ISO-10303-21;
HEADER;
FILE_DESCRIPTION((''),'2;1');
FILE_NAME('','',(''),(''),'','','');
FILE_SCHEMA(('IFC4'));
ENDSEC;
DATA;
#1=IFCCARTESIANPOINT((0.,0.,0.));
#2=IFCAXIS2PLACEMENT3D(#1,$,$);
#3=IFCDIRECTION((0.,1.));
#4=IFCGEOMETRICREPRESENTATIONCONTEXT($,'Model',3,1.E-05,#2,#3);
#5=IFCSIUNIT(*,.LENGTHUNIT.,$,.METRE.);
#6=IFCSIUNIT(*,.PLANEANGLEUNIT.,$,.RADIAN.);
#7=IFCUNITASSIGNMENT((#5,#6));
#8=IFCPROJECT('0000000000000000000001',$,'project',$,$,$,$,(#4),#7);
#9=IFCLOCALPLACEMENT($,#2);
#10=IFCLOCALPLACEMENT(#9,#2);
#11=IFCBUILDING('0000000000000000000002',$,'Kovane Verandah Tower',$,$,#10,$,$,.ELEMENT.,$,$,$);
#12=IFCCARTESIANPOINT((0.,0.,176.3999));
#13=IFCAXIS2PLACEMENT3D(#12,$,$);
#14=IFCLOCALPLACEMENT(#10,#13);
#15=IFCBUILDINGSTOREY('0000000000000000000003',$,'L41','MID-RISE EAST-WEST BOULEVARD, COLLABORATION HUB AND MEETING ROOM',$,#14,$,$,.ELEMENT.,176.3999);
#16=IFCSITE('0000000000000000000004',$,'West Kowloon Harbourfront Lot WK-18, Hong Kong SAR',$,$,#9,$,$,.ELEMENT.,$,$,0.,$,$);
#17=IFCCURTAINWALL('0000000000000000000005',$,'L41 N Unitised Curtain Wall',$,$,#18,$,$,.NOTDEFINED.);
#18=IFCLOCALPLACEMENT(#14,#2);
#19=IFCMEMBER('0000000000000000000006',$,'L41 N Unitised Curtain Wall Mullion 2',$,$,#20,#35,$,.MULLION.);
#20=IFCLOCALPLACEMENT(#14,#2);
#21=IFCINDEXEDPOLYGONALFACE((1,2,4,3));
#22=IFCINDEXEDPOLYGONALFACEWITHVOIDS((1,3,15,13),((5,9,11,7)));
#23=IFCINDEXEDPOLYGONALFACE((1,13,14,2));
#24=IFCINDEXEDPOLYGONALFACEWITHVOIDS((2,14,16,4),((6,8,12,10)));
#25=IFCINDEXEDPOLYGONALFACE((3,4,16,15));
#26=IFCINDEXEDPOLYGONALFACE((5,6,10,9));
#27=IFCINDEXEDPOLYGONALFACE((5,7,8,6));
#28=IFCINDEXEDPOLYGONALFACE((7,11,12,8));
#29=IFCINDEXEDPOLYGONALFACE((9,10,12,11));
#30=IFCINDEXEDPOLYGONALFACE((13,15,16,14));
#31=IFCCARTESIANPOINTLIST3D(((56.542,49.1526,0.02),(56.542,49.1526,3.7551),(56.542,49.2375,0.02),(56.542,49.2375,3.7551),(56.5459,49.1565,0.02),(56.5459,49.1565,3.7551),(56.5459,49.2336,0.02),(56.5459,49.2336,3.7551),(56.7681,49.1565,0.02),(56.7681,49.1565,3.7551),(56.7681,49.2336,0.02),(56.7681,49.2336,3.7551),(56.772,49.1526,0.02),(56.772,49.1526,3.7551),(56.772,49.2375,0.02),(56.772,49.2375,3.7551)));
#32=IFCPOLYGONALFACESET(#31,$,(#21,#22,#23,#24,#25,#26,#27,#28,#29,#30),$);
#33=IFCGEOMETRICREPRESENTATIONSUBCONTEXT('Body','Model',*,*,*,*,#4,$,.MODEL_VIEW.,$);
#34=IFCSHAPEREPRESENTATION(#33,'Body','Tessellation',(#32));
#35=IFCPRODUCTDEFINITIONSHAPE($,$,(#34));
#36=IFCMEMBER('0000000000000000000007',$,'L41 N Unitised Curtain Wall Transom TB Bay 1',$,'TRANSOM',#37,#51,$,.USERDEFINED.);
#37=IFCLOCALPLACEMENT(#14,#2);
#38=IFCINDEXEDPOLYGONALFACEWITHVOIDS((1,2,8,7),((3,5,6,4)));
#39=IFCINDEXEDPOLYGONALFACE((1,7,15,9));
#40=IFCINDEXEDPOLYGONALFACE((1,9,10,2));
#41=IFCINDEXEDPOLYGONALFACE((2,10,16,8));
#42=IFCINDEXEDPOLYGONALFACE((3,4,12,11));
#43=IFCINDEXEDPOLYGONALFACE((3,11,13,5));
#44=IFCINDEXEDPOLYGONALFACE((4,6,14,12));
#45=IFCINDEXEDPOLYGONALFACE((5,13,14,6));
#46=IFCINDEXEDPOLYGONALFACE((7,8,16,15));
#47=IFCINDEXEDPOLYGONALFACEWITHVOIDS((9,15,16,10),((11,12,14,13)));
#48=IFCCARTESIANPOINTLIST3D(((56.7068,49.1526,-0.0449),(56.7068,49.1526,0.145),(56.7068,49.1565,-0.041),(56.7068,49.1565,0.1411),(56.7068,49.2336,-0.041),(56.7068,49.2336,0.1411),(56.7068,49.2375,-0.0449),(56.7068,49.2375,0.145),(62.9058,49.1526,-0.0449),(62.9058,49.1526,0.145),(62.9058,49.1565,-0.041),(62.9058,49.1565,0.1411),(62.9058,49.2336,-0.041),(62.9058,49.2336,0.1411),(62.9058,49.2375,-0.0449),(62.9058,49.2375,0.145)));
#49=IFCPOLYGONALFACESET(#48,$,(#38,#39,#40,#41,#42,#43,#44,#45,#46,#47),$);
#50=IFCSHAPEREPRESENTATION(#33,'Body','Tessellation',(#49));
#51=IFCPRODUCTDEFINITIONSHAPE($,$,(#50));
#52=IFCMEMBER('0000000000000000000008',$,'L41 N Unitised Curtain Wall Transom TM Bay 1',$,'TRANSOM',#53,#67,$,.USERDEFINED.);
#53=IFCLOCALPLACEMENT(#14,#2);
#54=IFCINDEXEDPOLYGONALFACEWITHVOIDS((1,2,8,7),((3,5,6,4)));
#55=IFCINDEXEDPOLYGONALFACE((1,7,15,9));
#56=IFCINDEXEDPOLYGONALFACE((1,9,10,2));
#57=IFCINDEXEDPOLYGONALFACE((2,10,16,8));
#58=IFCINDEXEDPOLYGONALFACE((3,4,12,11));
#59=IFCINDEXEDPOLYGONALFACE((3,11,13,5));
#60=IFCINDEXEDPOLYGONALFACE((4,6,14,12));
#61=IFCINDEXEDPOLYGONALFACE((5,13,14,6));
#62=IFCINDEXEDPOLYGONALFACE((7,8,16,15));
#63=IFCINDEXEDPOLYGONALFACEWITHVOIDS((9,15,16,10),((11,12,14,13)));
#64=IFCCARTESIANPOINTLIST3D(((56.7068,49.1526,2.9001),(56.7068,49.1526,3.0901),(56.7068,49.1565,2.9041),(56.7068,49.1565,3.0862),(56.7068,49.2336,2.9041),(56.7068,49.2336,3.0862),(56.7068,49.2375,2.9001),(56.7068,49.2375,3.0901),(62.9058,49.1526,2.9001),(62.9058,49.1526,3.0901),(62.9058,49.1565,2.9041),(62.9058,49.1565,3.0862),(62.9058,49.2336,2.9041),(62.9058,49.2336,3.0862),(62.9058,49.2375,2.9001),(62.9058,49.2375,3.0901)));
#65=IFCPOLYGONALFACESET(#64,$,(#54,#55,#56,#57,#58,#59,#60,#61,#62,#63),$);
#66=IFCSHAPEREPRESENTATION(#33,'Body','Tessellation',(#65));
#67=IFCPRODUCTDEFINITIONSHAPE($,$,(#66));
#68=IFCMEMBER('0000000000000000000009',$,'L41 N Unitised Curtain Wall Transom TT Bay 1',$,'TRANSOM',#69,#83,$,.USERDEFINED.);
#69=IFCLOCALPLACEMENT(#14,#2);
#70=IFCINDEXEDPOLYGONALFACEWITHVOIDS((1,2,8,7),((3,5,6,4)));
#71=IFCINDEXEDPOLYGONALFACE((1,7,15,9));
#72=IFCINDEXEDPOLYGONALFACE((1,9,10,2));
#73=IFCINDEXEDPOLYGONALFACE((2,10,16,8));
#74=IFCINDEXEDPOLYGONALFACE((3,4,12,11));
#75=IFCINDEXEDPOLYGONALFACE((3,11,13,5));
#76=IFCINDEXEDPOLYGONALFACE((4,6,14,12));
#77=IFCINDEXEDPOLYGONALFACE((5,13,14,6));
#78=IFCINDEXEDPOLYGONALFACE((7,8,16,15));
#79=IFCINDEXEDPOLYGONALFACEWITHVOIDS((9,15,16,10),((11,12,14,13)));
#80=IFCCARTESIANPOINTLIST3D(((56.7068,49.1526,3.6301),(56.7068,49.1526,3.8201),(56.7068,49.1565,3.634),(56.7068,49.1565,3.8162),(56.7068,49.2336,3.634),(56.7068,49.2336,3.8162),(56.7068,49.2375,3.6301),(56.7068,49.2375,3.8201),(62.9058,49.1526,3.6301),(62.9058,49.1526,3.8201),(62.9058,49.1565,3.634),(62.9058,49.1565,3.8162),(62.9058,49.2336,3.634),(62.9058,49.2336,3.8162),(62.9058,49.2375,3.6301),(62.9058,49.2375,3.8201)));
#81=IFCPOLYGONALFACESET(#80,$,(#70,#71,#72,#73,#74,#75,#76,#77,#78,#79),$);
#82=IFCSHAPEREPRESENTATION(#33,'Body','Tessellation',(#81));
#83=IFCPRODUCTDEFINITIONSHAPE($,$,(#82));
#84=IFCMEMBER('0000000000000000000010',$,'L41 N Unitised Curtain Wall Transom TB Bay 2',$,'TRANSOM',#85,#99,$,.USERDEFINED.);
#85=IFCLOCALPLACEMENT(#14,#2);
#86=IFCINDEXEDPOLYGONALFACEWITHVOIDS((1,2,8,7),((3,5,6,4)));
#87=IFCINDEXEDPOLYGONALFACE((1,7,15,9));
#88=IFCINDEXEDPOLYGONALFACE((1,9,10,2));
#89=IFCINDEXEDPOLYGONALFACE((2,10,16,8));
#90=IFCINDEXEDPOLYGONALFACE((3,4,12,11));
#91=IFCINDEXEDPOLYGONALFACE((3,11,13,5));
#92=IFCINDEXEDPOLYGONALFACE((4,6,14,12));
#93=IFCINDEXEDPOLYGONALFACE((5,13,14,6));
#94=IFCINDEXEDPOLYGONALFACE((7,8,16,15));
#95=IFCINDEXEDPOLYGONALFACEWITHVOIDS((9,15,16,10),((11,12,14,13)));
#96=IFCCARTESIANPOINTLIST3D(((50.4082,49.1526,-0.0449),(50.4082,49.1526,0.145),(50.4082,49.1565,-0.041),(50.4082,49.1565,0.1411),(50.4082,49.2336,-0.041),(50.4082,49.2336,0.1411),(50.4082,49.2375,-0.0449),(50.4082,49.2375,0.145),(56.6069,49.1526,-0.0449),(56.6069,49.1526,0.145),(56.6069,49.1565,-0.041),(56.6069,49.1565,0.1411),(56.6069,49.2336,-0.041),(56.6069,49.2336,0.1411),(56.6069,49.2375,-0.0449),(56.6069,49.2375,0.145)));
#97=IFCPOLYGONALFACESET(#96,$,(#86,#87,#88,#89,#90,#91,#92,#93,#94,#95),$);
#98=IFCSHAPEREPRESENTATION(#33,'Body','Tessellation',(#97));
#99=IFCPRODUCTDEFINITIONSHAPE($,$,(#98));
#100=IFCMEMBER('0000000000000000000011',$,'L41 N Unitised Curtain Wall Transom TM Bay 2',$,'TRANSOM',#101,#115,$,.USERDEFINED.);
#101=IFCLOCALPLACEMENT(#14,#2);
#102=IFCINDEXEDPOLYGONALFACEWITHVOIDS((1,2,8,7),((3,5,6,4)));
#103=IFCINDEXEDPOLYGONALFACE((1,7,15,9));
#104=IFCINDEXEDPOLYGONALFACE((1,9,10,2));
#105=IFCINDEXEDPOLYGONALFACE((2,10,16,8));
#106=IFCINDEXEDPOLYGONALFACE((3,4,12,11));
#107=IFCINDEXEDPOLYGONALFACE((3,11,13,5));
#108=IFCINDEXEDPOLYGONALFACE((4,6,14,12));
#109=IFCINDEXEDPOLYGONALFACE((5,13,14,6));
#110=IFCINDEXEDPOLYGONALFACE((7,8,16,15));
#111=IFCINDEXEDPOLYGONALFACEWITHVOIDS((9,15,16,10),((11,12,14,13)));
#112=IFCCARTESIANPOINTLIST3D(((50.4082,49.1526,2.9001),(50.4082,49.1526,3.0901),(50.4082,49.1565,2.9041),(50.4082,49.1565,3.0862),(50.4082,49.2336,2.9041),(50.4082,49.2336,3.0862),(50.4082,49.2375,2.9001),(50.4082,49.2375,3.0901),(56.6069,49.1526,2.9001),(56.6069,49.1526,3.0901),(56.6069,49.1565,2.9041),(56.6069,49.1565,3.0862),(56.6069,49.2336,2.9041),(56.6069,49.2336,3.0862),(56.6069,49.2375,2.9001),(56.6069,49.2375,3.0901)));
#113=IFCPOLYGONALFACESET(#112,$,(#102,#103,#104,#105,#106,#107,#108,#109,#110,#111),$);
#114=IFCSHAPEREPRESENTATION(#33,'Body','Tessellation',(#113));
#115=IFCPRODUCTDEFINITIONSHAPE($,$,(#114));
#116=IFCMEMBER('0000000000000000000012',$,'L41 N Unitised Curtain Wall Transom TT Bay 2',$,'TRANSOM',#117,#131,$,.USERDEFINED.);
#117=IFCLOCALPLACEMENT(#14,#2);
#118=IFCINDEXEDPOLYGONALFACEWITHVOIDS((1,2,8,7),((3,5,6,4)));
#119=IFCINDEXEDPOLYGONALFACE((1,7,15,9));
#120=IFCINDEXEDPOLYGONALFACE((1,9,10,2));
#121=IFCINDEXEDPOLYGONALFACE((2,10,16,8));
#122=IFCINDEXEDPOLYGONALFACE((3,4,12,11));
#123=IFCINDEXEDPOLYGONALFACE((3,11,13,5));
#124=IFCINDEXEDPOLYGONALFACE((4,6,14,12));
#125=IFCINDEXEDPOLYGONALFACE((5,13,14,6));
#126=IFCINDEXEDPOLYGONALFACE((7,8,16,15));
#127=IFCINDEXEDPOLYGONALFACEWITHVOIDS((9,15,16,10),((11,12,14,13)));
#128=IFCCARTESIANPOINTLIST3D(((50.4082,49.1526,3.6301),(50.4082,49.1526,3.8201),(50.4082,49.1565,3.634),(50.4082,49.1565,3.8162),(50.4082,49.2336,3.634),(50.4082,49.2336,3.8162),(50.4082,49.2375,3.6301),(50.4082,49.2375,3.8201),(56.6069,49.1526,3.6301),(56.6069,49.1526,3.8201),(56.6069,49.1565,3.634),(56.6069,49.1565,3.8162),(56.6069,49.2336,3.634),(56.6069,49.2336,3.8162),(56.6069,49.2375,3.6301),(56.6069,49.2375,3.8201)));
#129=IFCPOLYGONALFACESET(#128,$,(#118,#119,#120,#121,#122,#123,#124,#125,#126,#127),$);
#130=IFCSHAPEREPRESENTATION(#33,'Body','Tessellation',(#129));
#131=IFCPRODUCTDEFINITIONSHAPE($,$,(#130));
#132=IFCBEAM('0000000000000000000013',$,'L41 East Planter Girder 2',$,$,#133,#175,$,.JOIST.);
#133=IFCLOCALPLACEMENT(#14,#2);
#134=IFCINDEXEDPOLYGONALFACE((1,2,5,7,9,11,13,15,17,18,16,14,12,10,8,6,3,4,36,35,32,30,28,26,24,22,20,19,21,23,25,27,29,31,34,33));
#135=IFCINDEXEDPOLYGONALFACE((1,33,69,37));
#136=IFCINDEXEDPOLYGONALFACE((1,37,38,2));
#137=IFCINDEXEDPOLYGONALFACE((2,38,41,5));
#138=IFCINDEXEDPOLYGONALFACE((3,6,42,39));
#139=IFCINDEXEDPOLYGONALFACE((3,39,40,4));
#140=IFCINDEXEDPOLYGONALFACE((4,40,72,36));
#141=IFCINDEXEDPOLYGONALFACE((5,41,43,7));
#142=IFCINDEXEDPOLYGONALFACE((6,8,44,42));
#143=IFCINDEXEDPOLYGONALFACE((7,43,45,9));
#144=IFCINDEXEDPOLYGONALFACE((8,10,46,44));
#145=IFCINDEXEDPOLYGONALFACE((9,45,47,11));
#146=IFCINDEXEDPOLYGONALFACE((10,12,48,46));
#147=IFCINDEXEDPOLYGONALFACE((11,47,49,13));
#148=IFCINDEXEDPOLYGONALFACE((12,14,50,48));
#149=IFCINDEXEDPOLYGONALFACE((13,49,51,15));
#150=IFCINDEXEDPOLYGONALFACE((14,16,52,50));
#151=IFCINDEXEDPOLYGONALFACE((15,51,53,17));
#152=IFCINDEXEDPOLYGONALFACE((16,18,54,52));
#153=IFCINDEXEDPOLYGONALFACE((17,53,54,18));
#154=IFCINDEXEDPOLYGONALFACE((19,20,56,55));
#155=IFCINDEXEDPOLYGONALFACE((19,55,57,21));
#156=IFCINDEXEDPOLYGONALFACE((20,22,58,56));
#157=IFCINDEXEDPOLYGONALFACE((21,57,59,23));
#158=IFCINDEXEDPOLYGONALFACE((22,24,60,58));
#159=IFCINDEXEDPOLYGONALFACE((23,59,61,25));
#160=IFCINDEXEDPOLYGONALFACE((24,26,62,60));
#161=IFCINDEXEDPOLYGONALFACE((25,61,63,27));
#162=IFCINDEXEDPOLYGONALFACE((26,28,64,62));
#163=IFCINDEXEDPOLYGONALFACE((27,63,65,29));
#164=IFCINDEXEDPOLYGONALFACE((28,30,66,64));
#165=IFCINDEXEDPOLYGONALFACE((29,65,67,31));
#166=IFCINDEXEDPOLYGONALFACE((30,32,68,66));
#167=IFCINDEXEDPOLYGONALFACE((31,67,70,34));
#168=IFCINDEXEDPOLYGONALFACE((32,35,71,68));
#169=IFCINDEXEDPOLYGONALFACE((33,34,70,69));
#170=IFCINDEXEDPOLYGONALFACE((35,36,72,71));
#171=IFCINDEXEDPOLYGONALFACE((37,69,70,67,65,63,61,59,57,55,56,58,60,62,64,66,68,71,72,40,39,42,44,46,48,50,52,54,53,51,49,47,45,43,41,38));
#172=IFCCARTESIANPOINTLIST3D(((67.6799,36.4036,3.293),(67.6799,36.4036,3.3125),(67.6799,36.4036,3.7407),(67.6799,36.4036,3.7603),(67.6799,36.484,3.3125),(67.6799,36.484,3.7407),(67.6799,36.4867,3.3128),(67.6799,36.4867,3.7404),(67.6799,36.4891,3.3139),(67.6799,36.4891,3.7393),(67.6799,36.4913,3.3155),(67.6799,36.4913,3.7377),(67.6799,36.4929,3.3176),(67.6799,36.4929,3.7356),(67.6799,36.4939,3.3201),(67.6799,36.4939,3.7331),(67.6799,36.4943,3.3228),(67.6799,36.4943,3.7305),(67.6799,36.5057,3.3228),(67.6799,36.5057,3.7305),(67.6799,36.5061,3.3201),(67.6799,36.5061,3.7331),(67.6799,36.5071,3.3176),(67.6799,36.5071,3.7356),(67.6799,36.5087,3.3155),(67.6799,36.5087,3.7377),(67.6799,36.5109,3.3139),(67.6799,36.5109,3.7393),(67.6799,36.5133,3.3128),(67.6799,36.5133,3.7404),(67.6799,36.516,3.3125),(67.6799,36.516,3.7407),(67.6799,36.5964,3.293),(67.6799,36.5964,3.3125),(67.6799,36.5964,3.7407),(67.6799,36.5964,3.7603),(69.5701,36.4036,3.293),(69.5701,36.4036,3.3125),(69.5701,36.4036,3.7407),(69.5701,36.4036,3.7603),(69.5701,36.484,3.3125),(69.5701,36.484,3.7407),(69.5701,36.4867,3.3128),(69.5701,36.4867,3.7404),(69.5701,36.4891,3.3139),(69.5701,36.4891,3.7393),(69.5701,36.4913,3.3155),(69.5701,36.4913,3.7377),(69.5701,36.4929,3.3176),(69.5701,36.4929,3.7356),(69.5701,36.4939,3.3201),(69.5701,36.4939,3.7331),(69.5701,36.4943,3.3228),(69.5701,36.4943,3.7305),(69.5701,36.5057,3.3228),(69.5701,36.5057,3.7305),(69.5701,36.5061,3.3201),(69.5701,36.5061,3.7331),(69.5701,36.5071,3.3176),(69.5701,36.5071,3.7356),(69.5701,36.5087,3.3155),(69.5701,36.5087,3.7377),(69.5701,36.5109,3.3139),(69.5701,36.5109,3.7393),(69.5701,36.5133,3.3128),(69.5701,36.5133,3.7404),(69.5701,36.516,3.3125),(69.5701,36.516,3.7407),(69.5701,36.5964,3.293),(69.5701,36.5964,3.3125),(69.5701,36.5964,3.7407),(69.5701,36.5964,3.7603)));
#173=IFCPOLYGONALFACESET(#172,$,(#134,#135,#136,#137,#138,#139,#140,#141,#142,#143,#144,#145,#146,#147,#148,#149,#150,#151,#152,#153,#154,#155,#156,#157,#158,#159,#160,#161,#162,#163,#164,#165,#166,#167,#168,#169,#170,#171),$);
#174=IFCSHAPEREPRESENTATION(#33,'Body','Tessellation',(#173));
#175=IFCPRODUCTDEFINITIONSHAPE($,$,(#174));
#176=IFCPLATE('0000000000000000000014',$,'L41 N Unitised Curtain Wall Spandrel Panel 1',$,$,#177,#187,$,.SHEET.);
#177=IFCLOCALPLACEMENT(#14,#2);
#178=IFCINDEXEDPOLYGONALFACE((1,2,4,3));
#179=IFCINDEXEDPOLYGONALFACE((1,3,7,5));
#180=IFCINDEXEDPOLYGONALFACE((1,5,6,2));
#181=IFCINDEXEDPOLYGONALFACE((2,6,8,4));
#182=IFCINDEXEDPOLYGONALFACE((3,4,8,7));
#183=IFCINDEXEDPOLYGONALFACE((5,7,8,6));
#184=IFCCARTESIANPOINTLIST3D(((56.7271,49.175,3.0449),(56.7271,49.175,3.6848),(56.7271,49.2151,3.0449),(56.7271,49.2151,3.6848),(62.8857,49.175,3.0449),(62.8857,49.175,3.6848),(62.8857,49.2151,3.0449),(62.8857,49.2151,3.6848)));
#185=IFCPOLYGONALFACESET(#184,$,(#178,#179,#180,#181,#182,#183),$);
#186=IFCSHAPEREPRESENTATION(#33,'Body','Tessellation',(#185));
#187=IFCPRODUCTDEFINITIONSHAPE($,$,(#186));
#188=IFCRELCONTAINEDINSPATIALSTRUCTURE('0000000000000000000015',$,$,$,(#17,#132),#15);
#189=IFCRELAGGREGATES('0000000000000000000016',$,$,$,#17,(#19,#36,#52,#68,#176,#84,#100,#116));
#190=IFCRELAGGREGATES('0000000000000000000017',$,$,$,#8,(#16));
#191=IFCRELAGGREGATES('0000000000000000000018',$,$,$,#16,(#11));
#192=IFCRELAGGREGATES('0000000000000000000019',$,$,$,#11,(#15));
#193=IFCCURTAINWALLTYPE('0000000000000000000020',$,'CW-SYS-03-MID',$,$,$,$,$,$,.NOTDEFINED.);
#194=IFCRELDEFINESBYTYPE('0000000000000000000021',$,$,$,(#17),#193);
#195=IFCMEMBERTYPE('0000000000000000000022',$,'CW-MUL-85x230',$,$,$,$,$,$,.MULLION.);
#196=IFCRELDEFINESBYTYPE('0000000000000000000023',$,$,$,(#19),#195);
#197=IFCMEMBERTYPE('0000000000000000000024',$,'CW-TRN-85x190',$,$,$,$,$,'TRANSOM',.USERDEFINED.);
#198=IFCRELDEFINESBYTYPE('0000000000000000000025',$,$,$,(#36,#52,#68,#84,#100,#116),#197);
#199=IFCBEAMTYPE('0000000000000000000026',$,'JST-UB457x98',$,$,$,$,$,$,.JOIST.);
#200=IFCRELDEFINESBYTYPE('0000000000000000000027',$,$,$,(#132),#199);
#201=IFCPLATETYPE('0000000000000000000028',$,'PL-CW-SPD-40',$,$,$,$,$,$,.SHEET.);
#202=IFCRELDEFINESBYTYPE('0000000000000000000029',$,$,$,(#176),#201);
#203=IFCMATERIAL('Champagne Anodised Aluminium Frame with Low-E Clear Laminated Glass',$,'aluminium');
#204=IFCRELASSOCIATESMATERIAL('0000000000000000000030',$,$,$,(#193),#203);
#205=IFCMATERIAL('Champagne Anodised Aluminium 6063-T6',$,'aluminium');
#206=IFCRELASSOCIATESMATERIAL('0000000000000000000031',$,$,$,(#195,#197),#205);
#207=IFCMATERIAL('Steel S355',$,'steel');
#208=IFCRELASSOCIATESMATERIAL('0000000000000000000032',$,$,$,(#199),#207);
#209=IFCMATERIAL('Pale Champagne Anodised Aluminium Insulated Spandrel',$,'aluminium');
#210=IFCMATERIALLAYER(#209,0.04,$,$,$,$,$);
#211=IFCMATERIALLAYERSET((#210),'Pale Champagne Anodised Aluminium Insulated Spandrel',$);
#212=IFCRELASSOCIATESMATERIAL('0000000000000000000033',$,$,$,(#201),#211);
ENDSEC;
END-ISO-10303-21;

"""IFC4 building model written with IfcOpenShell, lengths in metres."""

from ifc_helpers import new_model, si_unit, direction, frame, origin, origin_2d, place, context, subcontext, project, spatial, rectangle, hollow_rectangle, i_section, extrude, material, layer, layer_set, material_profile, profile_set, type_object, element, aggregate, save


model = new_model("IFC4")

# Units and contexts
model_context = context("Model", 3, precision=1e-05, world=origin(), true_north=direction((0.0, 1.0)))
body_context = subcontext(model_context, "Body", "Model", "MODEL_VIEW")
ifc_project = project(units=[si_unit("LENGTHUNIT", "METRE"), si_unit("PLANEANGLEUNIT", "RADIAN")], contexts=[model_context])

# Site, building, storey
site_placement = place(None, origin())
site = spatial("IfcSite", under=ifc_project, at=site_placement, Name="West Kowloon Harbourfront Lot WK-18, Hong Kong SAR", CompositionType="ELEMENT", RefElevation=0.0)
building_placement = place(site_placement, origin())
building = spatial("IfcBuilding", under=site, at=building_placement, Name="Kovane Verandah Tower", CompositionType="ELEMENT")
storey_placement = place(building_placement, frame((0.0, 0.0, 176.3999)))
storey = spatial("IfcBuildingStorey", under=building, at=storey_placement, Name="L41", Description="MID-RISE EAST-WEST BOULEVARD, COLLABORATION HUB AND MEETING ROOM", CompositionType="ELEMENT", Elevation=176.3999)

# Shared definitions
ifc_material_1 = material(Name="Steel S355", Category="steel")

# Curtain wall, members
ifc_material_2 = material(Name="Champagne Anodised Aluminium Frame with Low-E Clear Laminated Glass", Category="aluminium")
curtain_wall_type = type_object("IfcCurtainWallType", Name="CW-SYS-03-MID", PredefinedType="NOTDEFINED", material=ifc_material_2)
curtain_wall_placement = place(storey_placement, origin())
curtain_wall = element("IfcCurtainWall", 1, at=curtain_wall_placement, inside=storey, type_object=curtain_wall_type, Name="L41 N Unitised Curtain Wall", PredefinedType="NOTDEFINED")
ifc_material_3 = material(Name="Champagne Anodised Aluminium 6063-T6", Category="aluminium")
ifc_material_profile_1 = material_profile(ifc_material_3, hollow_rectangle(XDim=0.085, YDim=0.23, WallThickness=0.0039, at=origin_2d()), Name="AL85x230x4")
ifc_profile_set_1 = profile_set([ifc_material_profile_1], Name="Champagne Anodised Aluminium 6063-T6")
member_type_1 = type_object("IfcMemberType", Name="CW-MUL-85x230", PredefinedType="MULLION", material=ifc_profile_set_1)
member_1_placement = place(storey_placement, frame((56.657, 49.1951, 0.02), z_axis=(0.0, 0.0, 1.0), x_axis=(0.0, 1.0, 0.0)))
member_1 = element("IfcMember", 2, at=member_1_placement, type_object=member_type_1, Name="L41 N Unitised Curtain Wall Mullion 2", PredefinedType="MULLION", context=body_context, shape_type="SweptSolid", body=[
    extrude(hollow_rectangle(XDim=0.085, YDim=0.23, WallThickness=0.0039, at=origin_2d()), origin(), (0.0, 0.0, 1.0), 3.7351),
])
ifc_material_profile_2 = material_profile(ifc_material_3, hollow_rectangle(XDim=0.085, YDim=0.1899, WallThickness=0.0039, at=origin_2d()), Name="AL85x190x4")
ifc_profile_set_2 = profile_set([ifc_material_profile_2], Name="Champagne Anodised Aluminium 6063-T6")
member_type_2 = type_object("IfcMemberType", Name="CW-TRN-85x190", ElementType="TRANSOM", PredefinedType="USERDEFINED", material=ifc_profile_set_2)
member_2_placement = place(storey_placement, frame((62.9058, 49.1951, 0.05), z_axis=(-1.0, 0.0, 0.0), x_axis=(0.0, -1.0, 0.0)))
member_2 = element("IfcMember", 3, at=member_2_placement, type_object=member_type_2, Name="L41 N Unitised Curtain Wall Transom TB Bay 1", ObjectType="TRANSOM", PredefinedType="USERDEFINED", context=body_context, shape_type="SweptSolid", body=[
    extrude(hollow_rectangle(XDim=0.085, YDim=0.1899, WallThickness=0.0039, at=origin_2d()), origin(), (0.0, 0.0, 1.0), 6.199),
])
member_3_placement = place(storey_placement, frame((62.9058, 49.1951, 2.9951), z_axis=(-1.0, 0.0, 0.0), x_axis=(0.0, -1.0, 0.0)))
member_3 = element("IfcMember", 4, at=member_3_placement, type_object=member_type_2, Name="L41 N Unitised Curtain Wall Transom TM Bay 1", ObjectType="TRANSOM", PredefinedType="USERDEFINED", context=body_context, shape_type="SweptSolid", body=[
    extrude(hollow_rectangle(XDim=0.085, YDim=0.1899, WallThickness=0.0039, at=origin_2d()), origin(), (0.0, 0.0, 1.0), 6.199),
])
member_4_placement = place(storey_placement, frame((62.9058, 49.1951, 3.7251), z_axis=(-1.0, 0.0, 0.0), x_axis=(0.0, -1.0, 0.0)))
member_4 = element("IfcMember", 5, at=member_4_placement, type_object=member_type_2, Name="L41 N Unitised Curtain Wall Transom TT Bay 1", ObjectType="TRANSOM", PredefinedType="USERDEFINED", context=body_context, shape_type="SweptSolid", body=[
    extrude(hollow_rectangle(XDim=0.085, YDim=0.1899, WallThickness=0.0039, at=origin_2d()), origin(), (0.0, 0.0, 1.0), 6.199),
])
member_5_placement = place(storey_placement, frame((56.6069, 49.1951, 0.05), z_axis=(-1.0, 0.0, 0.0), x_axis=(0.0, -1.0, 0.0)))
member_5 = element("IfcMember", 6, at=member_5_placement, type_object=member_type_2, Name="L41 N Unitised Curtain Wall Transom TB Bay 2", ObjectType="TRANSOM", PredefinedType="USERDEFINED", context=body_context, shape_type="SweptSolid", body=[
    extrude(hollow_rectangle(XDim=0.085, YDim=0.1899, WallThickness=0.0039, at=origin_2d()), origin(), (0.0, 0.0, 1.0), 6.1987),
])
member_6_placement = place(storey_placement, frame((56.6069, 49.1951, 2.9951), z_axis=(-1.0, 0.0, 0.0), x_axis=(0.0, -1.0, 0.0)))
member_6 = element("IfcMember", 7, at=member_6_placement, type_object=member_type_2, Name="L41 N Unitised Curtain Wall Transom TM Bay 2", ObjectType="TRANSOM", PredefinedType="USERDEFINED", context=body_context, shape_type="SweptSolid", body=[
    extrude(hollow_rectangle(XDim=0.085, YDim=0.1899, WallThickness=0.0039, at=origin_2d()), origin(), (0.0, 0.0, 1.0), 6.1987),
])
member_7_placement = place(storey_placement, frame((56.6069, 49.1951, 3.7251), z_axis=(-1.0, 0.0, 0.0), x_axis=(0.0, -1.0, 0.0)))
member_7 = element("IfcMember", 8, at=member_7_placement, type_object=member_type_2, Name="L41 N Unitised Curtain Wall Transom TT Bay 2", ObjectType="TRANSOM", PredefinedType="USERDEFINED", context=body_context, shape_type="SweptSolid", body=[
    extrude(hollow_rectangle(XDim=0.085, YDim=0.1899, WallThickness=0.0039, at=origin_2d()), origin(), (0.0, 0.0, 1.0), 6.1987),
])

# Beam
ifc_material_profile_3 = material_profile(ifc_material_1, i_section(OverallWidth=0.1929, OverallDepth=0.4673, WebThickness=0.0115, FlangeThickness=0.0195, FilletRadius=0.0103, at=origin_2d()), Name="UB457x191x98")
ifc_profile_set_3 = profile_set([ifc_material_profile_3], Name="Steel S355")
beam_type_1 = type_object("IfcBeamType", Name="JST-UB457x98", PredefinedType="JOIST", material=ifc_profile_set_3)
beam_1_placement = place(storey_placement, frame((67.6799, 36.5, 3.5266), z_axis=(1.0, 0.0, 0.0), x_axis=(0.0, 1.0, 0.0)))
element("IfcBeam", 9, at=beam_1_placement, inside=storey, type_object=beam_type_1, Name="L41 East Planter Girder 2", PredefinedType="JOIST", context=body_context, shape_type="SweptSolid", body=[
    extrude(i_section(OverallWidth=0.1929, OverallDepth=0.4673, WebThickness=0.0115, FlangeThickness=0.0195, FilletRadius=0.0103, at=origin_2d()), origin(), (0.0, 0.0, 1.0), 1.8901),
])

# Plate
ifc_material_4 = material(Name="Pale Champagne Anodised Aluminium Insulated Spandrel", Category="aluminium")
ifc_layer_1 = layer(ifc_material_4, 0.04)
ifc_layer_set_1 = layer_set([ifc_layer_1], Name="Pale Champagne Anodised Aluminium Insulated Spandrel")
plate_type_1 = type_object("IfcPlateType", Name="PL-CW-SPD-40", PredefinedType="SHEET", material=ifc_layer_set_1)
plate_1_placement = place(storey_placement, frame((59.8064, 49.1951, 3.0449), z_axis=(0.0, 0.0, 1.0), x_axis=(-1.0, 0.0, 0.0)))
plate_1 = element("IfcPlate", 10, at=plate_1_placement, type_object=plate_type_1, Name="L41 N Unitised Curtain Wall Spandrel Panel 1", PredefinedType="SHEET", context=body_context, shape_type="SweptSolid", body=[
    extrude(rectangle(XDim=6.1587, YDim=0.04, at=origin_2d()), origin(), (0.0, 0.0, 1.0), 0.6399),
])
aggregate(curtain_wall, [member_1, member_2, member_3, member_4, plate_1, member_5, member_6, member_7])

save(model, "model.ifc")
